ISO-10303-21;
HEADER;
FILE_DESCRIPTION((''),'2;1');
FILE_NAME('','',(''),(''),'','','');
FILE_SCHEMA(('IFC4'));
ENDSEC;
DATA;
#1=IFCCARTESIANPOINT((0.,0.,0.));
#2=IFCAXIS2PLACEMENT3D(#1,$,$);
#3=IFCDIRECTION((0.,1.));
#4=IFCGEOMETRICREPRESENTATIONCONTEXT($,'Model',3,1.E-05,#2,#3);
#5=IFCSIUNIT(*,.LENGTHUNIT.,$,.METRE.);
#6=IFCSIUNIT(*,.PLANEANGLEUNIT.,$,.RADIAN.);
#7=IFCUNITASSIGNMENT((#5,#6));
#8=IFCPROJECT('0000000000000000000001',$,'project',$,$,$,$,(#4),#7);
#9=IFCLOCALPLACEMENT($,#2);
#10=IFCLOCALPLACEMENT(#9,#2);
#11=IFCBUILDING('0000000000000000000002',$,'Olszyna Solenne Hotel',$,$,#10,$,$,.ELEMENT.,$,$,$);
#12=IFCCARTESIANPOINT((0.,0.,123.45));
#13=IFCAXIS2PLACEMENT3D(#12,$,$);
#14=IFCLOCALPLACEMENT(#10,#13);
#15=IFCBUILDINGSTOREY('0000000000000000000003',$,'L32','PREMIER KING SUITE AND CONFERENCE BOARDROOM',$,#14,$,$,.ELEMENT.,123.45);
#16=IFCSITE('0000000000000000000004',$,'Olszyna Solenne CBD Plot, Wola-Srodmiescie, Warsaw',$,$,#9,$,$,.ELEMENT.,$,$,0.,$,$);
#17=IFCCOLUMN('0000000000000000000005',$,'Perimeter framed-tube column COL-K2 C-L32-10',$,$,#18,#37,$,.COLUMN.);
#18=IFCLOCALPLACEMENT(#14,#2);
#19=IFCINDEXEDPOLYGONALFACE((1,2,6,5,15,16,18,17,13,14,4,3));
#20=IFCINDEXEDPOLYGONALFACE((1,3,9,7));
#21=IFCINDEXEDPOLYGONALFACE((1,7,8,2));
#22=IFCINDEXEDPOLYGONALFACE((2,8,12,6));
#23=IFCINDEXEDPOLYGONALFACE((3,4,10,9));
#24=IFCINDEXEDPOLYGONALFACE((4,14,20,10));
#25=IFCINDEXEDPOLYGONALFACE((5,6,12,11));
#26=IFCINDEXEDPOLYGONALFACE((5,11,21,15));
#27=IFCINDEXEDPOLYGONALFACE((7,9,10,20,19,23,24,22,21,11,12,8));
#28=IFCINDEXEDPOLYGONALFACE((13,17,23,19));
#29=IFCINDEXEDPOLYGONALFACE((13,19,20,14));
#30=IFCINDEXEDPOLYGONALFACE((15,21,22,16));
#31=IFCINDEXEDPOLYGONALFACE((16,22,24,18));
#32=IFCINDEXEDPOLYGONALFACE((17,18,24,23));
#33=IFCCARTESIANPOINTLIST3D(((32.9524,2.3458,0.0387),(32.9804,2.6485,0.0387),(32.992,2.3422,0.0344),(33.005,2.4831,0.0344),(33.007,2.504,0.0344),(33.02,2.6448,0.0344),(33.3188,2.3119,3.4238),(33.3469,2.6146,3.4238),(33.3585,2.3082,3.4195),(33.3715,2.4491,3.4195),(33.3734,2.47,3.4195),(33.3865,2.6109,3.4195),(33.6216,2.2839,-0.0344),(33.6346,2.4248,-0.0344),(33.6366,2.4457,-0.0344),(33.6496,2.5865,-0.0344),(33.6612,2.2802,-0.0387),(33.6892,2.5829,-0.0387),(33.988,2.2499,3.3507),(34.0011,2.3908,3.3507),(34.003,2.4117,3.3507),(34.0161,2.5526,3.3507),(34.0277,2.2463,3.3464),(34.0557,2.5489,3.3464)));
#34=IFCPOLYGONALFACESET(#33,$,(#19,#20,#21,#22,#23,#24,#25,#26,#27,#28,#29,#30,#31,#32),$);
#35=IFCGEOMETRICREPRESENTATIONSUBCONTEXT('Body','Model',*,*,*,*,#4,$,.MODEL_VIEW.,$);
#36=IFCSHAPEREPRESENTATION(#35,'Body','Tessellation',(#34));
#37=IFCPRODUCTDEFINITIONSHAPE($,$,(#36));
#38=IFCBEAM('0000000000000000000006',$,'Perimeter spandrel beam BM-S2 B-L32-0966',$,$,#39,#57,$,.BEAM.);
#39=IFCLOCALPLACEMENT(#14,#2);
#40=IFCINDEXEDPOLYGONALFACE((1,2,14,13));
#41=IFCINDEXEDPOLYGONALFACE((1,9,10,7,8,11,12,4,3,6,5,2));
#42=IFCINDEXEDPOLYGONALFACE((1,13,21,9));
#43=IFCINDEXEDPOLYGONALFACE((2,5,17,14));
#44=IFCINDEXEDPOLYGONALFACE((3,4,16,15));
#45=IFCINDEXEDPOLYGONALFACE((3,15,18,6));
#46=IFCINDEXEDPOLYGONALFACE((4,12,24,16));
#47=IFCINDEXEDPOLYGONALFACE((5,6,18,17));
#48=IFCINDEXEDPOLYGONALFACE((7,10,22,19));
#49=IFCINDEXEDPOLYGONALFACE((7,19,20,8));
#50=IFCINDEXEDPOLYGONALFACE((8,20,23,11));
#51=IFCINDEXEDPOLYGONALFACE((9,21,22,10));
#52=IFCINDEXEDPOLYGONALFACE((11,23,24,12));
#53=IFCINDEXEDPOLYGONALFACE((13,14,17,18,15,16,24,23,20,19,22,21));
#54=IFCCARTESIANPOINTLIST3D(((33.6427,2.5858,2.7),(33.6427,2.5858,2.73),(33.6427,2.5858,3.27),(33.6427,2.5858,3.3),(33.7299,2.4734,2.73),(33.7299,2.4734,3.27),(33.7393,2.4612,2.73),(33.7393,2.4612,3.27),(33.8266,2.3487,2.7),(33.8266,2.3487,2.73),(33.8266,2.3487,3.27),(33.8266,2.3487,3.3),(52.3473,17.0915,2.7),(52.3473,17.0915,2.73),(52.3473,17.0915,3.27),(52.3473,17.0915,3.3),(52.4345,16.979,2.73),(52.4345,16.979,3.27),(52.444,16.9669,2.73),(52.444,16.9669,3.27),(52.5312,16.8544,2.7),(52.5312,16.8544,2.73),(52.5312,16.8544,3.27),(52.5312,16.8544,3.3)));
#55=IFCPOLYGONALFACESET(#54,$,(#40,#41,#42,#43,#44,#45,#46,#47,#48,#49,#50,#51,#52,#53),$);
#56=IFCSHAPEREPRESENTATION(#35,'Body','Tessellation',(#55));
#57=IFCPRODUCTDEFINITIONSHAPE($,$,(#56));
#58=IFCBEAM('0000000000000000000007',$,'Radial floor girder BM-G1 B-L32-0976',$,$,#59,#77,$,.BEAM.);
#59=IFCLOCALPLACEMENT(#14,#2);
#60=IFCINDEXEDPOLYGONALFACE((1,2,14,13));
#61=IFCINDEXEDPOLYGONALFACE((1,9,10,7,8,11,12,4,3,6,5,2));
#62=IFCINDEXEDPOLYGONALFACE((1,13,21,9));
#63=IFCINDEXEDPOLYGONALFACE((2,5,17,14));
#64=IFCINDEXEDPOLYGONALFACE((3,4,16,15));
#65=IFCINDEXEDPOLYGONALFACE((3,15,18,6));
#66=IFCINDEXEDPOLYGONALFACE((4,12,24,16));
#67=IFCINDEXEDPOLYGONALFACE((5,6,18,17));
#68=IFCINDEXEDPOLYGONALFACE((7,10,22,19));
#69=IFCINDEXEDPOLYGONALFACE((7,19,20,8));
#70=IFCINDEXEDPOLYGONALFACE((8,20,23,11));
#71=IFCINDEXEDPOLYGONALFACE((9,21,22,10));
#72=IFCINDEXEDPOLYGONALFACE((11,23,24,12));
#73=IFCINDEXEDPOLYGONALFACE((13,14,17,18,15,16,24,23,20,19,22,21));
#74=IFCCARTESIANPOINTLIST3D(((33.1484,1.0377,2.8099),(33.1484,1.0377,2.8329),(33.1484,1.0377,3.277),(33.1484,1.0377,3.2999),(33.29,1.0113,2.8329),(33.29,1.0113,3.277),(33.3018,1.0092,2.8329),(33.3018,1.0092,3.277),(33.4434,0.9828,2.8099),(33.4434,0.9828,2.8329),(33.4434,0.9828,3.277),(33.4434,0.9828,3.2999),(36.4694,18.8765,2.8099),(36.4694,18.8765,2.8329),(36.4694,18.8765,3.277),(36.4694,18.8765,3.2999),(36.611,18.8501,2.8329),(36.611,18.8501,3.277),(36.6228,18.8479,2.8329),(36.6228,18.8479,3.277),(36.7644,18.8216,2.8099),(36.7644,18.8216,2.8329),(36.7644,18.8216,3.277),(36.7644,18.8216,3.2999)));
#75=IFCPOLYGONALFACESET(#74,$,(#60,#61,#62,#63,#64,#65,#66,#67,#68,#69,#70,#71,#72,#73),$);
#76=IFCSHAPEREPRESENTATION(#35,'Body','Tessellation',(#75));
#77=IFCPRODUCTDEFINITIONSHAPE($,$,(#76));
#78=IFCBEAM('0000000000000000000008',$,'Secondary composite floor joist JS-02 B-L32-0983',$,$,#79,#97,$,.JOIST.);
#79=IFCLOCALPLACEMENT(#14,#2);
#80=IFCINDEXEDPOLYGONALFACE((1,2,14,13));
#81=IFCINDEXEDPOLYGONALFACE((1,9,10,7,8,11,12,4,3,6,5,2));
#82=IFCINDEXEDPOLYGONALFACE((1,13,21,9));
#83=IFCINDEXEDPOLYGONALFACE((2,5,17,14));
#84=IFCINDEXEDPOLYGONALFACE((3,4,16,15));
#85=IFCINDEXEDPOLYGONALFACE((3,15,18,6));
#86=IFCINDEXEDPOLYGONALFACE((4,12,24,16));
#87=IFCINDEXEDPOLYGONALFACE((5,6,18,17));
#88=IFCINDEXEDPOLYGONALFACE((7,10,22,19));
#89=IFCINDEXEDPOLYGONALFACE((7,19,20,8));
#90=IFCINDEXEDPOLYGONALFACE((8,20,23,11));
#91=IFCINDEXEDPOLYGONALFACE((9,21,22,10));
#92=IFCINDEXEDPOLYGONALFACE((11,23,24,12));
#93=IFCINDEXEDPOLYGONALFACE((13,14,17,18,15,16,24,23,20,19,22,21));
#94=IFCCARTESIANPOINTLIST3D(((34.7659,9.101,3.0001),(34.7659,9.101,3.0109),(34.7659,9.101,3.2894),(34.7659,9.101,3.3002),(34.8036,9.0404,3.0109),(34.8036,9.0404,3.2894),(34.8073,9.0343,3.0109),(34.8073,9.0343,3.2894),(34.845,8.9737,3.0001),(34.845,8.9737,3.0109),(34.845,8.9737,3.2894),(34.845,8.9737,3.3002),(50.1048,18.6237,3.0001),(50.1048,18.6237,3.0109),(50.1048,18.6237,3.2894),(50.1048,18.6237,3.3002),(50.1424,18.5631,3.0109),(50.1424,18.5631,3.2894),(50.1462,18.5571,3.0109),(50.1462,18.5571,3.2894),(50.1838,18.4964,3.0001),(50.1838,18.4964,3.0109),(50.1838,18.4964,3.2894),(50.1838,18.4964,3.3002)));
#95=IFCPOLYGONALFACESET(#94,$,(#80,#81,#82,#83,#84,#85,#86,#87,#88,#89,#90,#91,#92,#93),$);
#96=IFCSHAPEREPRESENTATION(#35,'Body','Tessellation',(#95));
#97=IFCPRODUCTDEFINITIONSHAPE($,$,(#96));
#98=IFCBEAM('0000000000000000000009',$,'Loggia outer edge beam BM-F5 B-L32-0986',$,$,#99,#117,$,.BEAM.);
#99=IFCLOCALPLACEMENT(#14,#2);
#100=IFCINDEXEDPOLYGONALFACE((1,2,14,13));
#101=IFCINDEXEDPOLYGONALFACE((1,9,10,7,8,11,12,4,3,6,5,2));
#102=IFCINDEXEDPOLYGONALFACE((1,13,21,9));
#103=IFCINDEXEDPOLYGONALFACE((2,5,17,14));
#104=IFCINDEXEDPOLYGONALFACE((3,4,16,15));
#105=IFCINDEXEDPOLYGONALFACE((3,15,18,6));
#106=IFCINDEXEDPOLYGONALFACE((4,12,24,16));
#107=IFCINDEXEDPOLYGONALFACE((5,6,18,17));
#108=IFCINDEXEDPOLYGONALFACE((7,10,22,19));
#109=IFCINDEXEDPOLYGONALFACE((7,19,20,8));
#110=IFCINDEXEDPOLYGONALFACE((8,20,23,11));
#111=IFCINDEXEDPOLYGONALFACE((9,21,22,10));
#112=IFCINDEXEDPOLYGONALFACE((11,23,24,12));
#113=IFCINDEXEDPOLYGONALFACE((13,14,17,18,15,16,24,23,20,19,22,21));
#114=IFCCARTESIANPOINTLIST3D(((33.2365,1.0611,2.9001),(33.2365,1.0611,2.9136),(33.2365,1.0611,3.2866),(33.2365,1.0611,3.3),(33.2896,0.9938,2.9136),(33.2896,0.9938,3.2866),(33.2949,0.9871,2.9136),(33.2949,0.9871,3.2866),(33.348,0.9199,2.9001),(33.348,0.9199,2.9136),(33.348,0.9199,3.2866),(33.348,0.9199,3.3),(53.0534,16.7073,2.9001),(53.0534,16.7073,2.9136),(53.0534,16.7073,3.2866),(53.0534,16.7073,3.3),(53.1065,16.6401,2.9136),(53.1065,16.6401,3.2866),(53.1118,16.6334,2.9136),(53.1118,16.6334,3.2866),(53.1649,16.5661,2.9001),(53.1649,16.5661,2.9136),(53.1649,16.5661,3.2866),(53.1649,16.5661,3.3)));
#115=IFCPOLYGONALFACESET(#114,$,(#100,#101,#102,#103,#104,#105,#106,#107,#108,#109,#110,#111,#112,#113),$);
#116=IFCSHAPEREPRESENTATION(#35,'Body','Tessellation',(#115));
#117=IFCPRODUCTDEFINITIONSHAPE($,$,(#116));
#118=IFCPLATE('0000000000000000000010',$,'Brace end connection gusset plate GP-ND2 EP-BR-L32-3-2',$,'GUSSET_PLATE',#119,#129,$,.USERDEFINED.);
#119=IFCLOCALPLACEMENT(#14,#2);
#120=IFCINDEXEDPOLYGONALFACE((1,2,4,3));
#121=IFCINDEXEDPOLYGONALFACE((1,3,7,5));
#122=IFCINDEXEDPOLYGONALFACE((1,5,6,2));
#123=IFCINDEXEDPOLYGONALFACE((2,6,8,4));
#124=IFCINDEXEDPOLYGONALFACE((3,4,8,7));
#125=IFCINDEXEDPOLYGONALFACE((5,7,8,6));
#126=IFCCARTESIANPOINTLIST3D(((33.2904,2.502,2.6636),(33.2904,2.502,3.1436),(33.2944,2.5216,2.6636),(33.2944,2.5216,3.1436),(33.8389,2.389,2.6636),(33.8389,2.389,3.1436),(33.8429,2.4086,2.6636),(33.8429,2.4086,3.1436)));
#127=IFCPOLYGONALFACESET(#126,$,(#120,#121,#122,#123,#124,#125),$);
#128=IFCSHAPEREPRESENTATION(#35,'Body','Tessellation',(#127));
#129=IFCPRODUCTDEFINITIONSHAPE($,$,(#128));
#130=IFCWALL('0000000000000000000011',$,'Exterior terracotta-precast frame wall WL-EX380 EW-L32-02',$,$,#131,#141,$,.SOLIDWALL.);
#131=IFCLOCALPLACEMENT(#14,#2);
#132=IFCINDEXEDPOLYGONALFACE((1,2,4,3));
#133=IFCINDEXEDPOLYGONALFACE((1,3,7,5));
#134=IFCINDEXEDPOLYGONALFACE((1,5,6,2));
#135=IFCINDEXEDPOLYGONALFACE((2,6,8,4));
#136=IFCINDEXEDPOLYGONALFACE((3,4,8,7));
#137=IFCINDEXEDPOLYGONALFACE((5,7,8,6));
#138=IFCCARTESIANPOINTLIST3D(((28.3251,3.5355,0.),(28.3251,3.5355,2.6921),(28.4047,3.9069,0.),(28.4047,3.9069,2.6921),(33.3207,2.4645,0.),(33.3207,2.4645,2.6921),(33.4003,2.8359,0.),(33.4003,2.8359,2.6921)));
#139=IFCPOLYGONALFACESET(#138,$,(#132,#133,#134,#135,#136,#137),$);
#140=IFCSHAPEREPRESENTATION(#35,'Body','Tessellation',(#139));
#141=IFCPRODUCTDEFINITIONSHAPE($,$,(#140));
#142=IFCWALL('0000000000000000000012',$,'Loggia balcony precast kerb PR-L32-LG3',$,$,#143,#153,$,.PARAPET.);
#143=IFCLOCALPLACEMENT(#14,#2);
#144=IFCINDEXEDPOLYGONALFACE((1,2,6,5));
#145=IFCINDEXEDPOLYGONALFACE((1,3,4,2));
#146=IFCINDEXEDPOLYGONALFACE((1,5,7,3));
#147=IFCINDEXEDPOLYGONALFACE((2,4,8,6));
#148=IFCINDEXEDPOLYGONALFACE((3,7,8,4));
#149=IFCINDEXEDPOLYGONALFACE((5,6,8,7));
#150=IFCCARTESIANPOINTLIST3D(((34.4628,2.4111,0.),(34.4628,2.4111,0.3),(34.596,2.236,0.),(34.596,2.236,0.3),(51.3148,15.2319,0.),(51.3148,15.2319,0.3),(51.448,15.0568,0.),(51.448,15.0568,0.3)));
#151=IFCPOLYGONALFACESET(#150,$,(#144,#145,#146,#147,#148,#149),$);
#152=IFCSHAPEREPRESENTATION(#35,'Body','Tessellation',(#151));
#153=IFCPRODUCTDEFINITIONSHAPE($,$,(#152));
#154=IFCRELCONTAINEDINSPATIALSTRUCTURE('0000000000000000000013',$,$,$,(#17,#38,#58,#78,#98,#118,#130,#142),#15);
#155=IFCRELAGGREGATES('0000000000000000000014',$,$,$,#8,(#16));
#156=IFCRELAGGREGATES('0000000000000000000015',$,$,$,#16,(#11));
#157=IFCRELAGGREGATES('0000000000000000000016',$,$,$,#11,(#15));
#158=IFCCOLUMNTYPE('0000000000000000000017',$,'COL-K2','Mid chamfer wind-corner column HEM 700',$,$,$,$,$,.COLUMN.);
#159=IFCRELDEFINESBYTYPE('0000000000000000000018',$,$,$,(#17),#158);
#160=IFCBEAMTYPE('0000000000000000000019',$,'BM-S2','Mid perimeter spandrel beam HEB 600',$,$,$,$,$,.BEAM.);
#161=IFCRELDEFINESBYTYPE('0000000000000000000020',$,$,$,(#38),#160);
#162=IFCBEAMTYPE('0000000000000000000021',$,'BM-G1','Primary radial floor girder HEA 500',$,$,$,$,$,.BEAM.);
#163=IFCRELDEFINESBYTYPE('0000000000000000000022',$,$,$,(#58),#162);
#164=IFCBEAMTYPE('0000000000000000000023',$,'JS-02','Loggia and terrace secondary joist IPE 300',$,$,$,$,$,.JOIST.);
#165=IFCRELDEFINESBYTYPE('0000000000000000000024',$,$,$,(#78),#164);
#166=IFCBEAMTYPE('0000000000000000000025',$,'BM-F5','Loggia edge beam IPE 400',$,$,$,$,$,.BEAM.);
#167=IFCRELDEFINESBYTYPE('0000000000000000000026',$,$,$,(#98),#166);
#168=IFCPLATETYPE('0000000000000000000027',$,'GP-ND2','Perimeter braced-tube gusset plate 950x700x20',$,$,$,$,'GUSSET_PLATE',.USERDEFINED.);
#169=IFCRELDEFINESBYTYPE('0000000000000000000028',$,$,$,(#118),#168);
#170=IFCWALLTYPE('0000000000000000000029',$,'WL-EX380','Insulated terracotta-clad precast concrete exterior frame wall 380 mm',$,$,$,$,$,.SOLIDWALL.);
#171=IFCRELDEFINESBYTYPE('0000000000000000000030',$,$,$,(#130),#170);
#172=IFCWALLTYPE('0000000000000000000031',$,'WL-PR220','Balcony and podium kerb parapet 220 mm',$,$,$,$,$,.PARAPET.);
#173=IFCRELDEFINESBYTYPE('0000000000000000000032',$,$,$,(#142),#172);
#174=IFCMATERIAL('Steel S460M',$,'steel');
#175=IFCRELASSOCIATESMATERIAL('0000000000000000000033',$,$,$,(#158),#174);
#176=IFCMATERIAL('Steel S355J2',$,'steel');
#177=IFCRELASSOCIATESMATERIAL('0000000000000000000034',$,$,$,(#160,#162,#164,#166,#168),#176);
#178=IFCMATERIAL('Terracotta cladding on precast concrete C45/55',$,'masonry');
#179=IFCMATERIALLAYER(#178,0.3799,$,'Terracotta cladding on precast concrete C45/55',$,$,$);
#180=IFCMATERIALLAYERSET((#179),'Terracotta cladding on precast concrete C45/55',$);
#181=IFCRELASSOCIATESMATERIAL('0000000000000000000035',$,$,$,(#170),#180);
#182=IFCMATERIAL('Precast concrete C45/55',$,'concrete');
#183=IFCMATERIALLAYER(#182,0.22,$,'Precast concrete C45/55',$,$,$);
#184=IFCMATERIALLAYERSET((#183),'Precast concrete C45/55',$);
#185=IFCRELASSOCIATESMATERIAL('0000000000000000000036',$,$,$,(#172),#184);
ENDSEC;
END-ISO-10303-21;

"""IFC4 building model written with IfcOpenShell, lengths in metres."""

from ifc_helpers import new_model, si_unit, direction, frame, frame_2d, origin, origin_2d, place, context, subcontext, project, spatial, rectangle, i_section, extrude, source, transform, mapped, material, layer, layer_set, material_profile, profile_set, type_object, element, save


model = new_model("IFC4")

# Units and contexts
model_context = context("Model", 3, precision=1e-05, world=origin(), true_north=direction((0.0, 1.0)))
body_context = subcontext(model_context, "Body", "Model", "MODEL_VIEW")
ifc_project = project(units=[si_unit("LENGTHUNIT", "METRE"), si_unit("PLANEANGLEUNIT", "RADIAN")], contexts=[model_context])

# Site, building, storey
site_placement = place(None, origin())
site = spatial("IfcSite", under=ifc_project, at=site_placement, Name="Olszyna Solenne CBD Plot, Wola-Srodmiescie, Warsaw", CompositionType="ELEMENT", RefElevation=0.0)
building_placement = place(site_placement, origin())
building = spatial("IfcBuilding", under=site, at=building_placement, Name="Olszyna Solenne Hotel", CompositionType="ELEMENT")
storey_placement = place(building_placement, frame((0.0, 0.0, 123.45)))
storey = spatial("IfcBuildingStorey", under=building, at=storey_placement, Name="L32", Description="PREMIER KING SUITE AND CONFERENCE BOARDROOM", CompositionType="ELEMENT", Elevation=123.45)

# Column
ifc_material_1 = material(Name="Steel S460M", Category="steel")
ifc_material_profile_1 = material_profile(ifc_material_1, i_section(OverallWidth=0.304, OverallDepth=0.7161, WebThickness=0.021, FlangeThickness=0.04, at=origin_2d()), Name="HEM 700", Category="load-bearing")
ifc_profile_set_1 = profile_set([ifc_material_profile_1], Name="Steel S460M")
column_type = type_object("IfcColumnType", Name="COL-K2", Description="Mid chamfer wind-corner column HEM 700", PredefinedType="COLUMN", material=ifc_profile_set_1)
shared_shape_1 = source(origin(), body_context, "Body", "SweptSolid", [
    extrude(i_section(OverallWidth=0.304, OverallDepth=0.7161, WebThickness=0.021, FlangeThickness=0.04, at=origin_2d()), origin(), (0.0, 0.0, 1.0), 3.405),
])
column_placement = place(storey_placement, frame((33.3208, 2.4644, 0.0), z_axis=(0.107624, -0.009967, 0.994142), x_axis=(0.09221, 0.99574, 0.0)))
element("IfcColumn", 1, at=column_placement, inside=storey, type_object=column_type, Name="Perimeter framed-tube column COL-K2 C-L32-10", PredefinedType="COLUMN", context=body_context, shape_type="MappedRepresentation", body=[
    mapped(shared_shape_1, transform((0.0, 0.0, 0.0), x_axis=(1.0, 0.0, 0.0), y_axis=(0.0, 1.0, 0.0), z_axis=(0.0, 0.0, 1.0), scale=1.0)),
])

# Beams
ifc_material_2 = material(Name="Steel S355J2", Category="steel")
ifc_material_profile_2 = material_profile(ifc_material_2, i_section(OverallWidth=0.3, OverallDepth=0.6001, WebThickness=0.0154, FlangeThickness=0.03, at=origin_2d()), Name="HEB 600", Category="load-bearing")
ifc_profile_set_2 = profile_set([ifc_material_profile_2], Name="Steel S355J2")
beam_type_1 = type_object("IfcBeamType", Name="BM-S2", Description="Mid perimeter spandrel beam HEB 600", PredefinedType="BEAM", material=ifc_profile_set_2)
shared_shape_2 = source(origin(), body_context, "Body", "SweptSolid", [
    extrude(i_section(OverallWidth=0.3, OverallDepth=0.6001, WebThickness=0.0154, FlangeThickness=0.03, at=origin_2d()), origin(), (0.0, 0.0, 1.0), 23.6702),
])
beam_1_placement = place(storey_placement, frame((33.7346, 2.4673, 3.0), z_axis=(0.790219, 0.612824, 0.0), x_axis=(-0.612824, 0.790219, 0.0)))
element("IfcBeam", 2, at=beam_1_placement, inside=storey, type_object=beam_type_1, Name="Perimeter spandrel beam BM-S2 B-L32-0966", PredefinedType="BEAM", context=body_context, shape_type="MappedRepresentation", body=[
    mapped(shared_shape_2, transform((0.0, 0.0, 0.0), x_axis=(1.0, 0.0, 0.0), y_axis=(0.0, 1.0, 0.0), z_axis=(0.0, 0.0, 1.0), scale=1.0)),
])
ifc_material_profile_3 = material_profile(ifc_material_2, i_section(OverallWidth=0.3, OverallDepth=0.49, WebThickness=0.012, FlangeThickness=0.0229, at=origin_2d()), Name="HEA 500", Category="load-bearing")
ifc_profile_set_3 = profile_set([ifc_material_profile_3], Name="Steel S355J2")
beam_type_2 = type_object("IfcBeamType", Name="BM-G1", Description="Primary radial floor girder HEA 500", PredefinedType="BEAM", material=ifc_profile_set_3)
shared_shape_3 = source(origin(), body_context, "Body", "SweptSolid", [
    extrude(i_section(OverallWidth=0.3, OverallDepth=0.49, WebThickness=0.012, FlangeThickness=0.0229, at=origin_2d()), origin(), (0.0, 0.0, 1.0), 18.1453),
])
beam_2_placement = place(storey_placement, frame((33.2959, 1.0103, 3.0549), z_axis=(0.183024, 0.983108, 0.0), x_axis=(-0.983108, 0.183024, 0.0)))
element("IfcBeam", 3, at=beam_2_placement, inside=storey, type_object=beam_type_2, Name="Radial floor girder BM-G1 B-L32-0976", PredefinedType="BEAM", context=body_context, shape_type="MappedRepresentation", body=[
    mapped(shared_shape_3, transform((0.0, 0.0, 0.0), x_axis=(1.0, 0.0, 0.0), y_axis=(0.0, 1.0, 0.0), z_axis=(0.0, 0.0, 1.0), scale=1.0)),
])
ifc_material_profile_4 = material_profile(ifc_material_2, i_section(OverallWidth=0.1499, OverallDepth=0.3, WebThickness=0.0071, FlangeThickness=0.0107, at=origin_2d()), Name="IPE 300", Category="load-bearing")
ifc_profile_set_4 = profile_set([ifc_material_profile_4], Name="Steel S355J2")
beam_type_3 = type_object("IfcBeamType", Name="JS-02", Description="Loggia and terrace secondary joist IPE 300", PredefinedType="JOIST", material=ifc_profile_set_4)
shared_shape_4 = source(origin(), body_context, "Body", "SweptSolid", [
    extrude(i_section(OverallWidth=0.1499, OverallDepth=0.3, WebThickness=0.0071, FlangeThickness=0.0107, at=origin_2d()), origin(), (0.0, 0.0, 1.0), 18.0544),
])
beam_3_placement = place(storey_placement, frame((34.8054, 9.0374, 3.1501), z_axis=(0.84959, 0.527444, 0.0), x_axis=(-0.527444, 0.84959, 0.0)))
element("IfcBeam", 4, at=beam_3_placement, inside=storey, type_object=beam_type_3, Name="Secondary composite floor joist JS-02 B-L32-0983", PredefinedType="JOIST", context=body_context, shape_type="MappedRepresentation", body=[
    mapped(shared_shape_4, transform((0.0, 0.0, 0.0), x_axis=(1.0, 0.0, 0.0), y_axis=(0.0, 1.0, 0.0), z_axis=(0.0, 0.0, 1.0), scale=1.0)),
])
ifc_material_profile_5 = material_profile(ifc_material_2, i_section(OverallWidth=0.1799, OverallDepth=0.3999, WebThickness=0.0085, FlangeThickness=0.0134, at=origin_2d()), Name="IPE 400", Category="load-bearing")
ifc_profile_set_5 = profile_set([ifc_material_profile_5], Name="Steel S355J2")
beam_type_4 = type_object("IfcBeamType", Name="BM-F5", Description="Loggia edge beam IPE 400", PredefinedType="BEAM", material=ifc_profile_set_5)
shared_shape_5 = source(origin(), body_context, "Body", "SweptSolid", [
    extrude(i_section(OverallWidth=0.1799, OverallDepth=0.3999, WebThickness=0.0085, FlangeThickness=0.0134, at=origin_2d()), origin(), (0.0, 0.0, 1.0), 25.249),
])
beam_4_placement = place(storey_placement, frame((33.2922, 0.9905, 3.1001), z_axis=(0.784857, 0.619677, 0.0), x_axis=(-0.619677, 0.784857, 0.0)))
element("IfcBeam", 5, at=beam_4_placement, inside=storey, type_object=beam_type_4, Name="Loggia outer edge beam BM-F5 B-L32-0986", PredefinedType="BEAM", context=body_context, shape_type="MappedRepresentation", body=[
    mapped(shared_shape_5, transform((0.0, 0.0, 0.0), x_axis=(1.0, 0.0, 0.0), y_axis=(0.0, 1.0, 0.0), z_axis=(0.0, 0.0, 1.0), scale=1.0)),
])

# Plate
plate_type = type_object("IfcPlateType", Name="GP-ND2", Description="Perimeter braced-tube gusset plate 950x700x20", ElementType="GUSSET_PLATE", PredefinedType="USERDEFINED", material=ifc_material_2)
shared_shape_6 = source(origin(), body_context, "Body", "SweptSolid", [
    extrude(rectangle(XDim=0.5601, YDim=0.02, at=origin_2d()), origin(), (0.0, 0.0, 1.0), 0.48),
])
plate_placement = place(storey_placement, frame((33.5667, 2.4553, 2.6636), z_axis=(0.0, 0.0, 1.0), x_axis=(0.979435, -0.201762, 0.0)))
element("IfcPlate", 6, at=plate_placement, inside=storey, type_object=plate_type, Name="Brace end connection gusset plate GP-ND2 EP-BR-L32-3-2", ObjectType="GUSSET_PLATE", PredefinedType="USERDEFINED", context=body_context, shape_type="MappedRepresentation", body=[
    mapped(shared_shape_6, transform((0.0, 0.0, 0.0), x_axis=(1.0, 0.0, 0.0), y_axis=(0.0, 1.0, 0.0), z_axis=(0.0, 0.0, 1.0), scale=1.0)),
])

# Walls
ifc_material_3 = material(Name="Terracotta cladding on precast concrete C45/55", Category="masonry")
ifc_layer_1 = layer(ifc_material_3, 0.3799, Name="Terracotta cladding on precast concrete C45/55")
ifc_layer_set_1 = layer_set([ifc_layer_1], Name="Terracotta cladding on precast concrete C45/55")
wall_type_1 = type_object("IfcWallType", Name="WL-EX380", Description="Insulated terracotta-clad precast concrete exterior frame wall 380 mm", PredefinedType="SOLIDWALL", material=ifc_layer_set_1)
wall_1_placement = place(storey_placement, frame((33.3606, 2.6501, 0.0), z_axis=(0.0, 0.0, 1.0), x_axis=(-0.97778, 0.209634, 0.0)))
element("IfcWall", 7, at=wall_1_placement, inside=storey, type_object=wall_type_1, Name="Exterior terracotta-precast frame wall WL-EX380 EW-L32-02", PredefinedType="SOLIDWALL", context=body_context, shape_type="SweptSolid", body=[
    extrude(rectangle(XDim=5.1091, YDim=0.3799, at=frame_2d((2.5547, 0.0))), origin(), (0.0, 0.0, 1.0), 2.6921),
])
ifc_material_4 = material(Name="Precast concrete C45/55", Category="concrete")
ifc_layer_2 = layer(ifc_material_4, 0.22, Name="Precast concrete C45/55")
ifc_layer_set_2 = layer_set([ifc_layer_2], Name="Precast concrete C45/55")
wall_type_2 = type_object("IfcWallType", Name="WL-PR220", Description="Balcony and podium kerb parapet 220 mm", PredefinedType="PARAPET", material=ifc_layer_set_2)
wall_2_placement = place(storey_placement, frame((34.5293, 2.3235, 0.0), z_axis=(0.0, 0.0, 1.0), x_axis=(0.795861, 0.60548, 0.0)))
element("IfcWall", 8, at=wall_2_placement, inside=storey, type_object=wall_type_2, Name="Loggia balcony precast kerb PR-L32-LG3", PredefinedType="PARAPET", context=body_context, shape_type="SweptSolid", body=[
    extrude(rectangle(XDim=21.1746, YDim=0.22, at=frame_2d((10.5874, 0.0))), origin(), (0.0, 0.0, 1.0), 0.3),
])

save(model, "model.ifc")
